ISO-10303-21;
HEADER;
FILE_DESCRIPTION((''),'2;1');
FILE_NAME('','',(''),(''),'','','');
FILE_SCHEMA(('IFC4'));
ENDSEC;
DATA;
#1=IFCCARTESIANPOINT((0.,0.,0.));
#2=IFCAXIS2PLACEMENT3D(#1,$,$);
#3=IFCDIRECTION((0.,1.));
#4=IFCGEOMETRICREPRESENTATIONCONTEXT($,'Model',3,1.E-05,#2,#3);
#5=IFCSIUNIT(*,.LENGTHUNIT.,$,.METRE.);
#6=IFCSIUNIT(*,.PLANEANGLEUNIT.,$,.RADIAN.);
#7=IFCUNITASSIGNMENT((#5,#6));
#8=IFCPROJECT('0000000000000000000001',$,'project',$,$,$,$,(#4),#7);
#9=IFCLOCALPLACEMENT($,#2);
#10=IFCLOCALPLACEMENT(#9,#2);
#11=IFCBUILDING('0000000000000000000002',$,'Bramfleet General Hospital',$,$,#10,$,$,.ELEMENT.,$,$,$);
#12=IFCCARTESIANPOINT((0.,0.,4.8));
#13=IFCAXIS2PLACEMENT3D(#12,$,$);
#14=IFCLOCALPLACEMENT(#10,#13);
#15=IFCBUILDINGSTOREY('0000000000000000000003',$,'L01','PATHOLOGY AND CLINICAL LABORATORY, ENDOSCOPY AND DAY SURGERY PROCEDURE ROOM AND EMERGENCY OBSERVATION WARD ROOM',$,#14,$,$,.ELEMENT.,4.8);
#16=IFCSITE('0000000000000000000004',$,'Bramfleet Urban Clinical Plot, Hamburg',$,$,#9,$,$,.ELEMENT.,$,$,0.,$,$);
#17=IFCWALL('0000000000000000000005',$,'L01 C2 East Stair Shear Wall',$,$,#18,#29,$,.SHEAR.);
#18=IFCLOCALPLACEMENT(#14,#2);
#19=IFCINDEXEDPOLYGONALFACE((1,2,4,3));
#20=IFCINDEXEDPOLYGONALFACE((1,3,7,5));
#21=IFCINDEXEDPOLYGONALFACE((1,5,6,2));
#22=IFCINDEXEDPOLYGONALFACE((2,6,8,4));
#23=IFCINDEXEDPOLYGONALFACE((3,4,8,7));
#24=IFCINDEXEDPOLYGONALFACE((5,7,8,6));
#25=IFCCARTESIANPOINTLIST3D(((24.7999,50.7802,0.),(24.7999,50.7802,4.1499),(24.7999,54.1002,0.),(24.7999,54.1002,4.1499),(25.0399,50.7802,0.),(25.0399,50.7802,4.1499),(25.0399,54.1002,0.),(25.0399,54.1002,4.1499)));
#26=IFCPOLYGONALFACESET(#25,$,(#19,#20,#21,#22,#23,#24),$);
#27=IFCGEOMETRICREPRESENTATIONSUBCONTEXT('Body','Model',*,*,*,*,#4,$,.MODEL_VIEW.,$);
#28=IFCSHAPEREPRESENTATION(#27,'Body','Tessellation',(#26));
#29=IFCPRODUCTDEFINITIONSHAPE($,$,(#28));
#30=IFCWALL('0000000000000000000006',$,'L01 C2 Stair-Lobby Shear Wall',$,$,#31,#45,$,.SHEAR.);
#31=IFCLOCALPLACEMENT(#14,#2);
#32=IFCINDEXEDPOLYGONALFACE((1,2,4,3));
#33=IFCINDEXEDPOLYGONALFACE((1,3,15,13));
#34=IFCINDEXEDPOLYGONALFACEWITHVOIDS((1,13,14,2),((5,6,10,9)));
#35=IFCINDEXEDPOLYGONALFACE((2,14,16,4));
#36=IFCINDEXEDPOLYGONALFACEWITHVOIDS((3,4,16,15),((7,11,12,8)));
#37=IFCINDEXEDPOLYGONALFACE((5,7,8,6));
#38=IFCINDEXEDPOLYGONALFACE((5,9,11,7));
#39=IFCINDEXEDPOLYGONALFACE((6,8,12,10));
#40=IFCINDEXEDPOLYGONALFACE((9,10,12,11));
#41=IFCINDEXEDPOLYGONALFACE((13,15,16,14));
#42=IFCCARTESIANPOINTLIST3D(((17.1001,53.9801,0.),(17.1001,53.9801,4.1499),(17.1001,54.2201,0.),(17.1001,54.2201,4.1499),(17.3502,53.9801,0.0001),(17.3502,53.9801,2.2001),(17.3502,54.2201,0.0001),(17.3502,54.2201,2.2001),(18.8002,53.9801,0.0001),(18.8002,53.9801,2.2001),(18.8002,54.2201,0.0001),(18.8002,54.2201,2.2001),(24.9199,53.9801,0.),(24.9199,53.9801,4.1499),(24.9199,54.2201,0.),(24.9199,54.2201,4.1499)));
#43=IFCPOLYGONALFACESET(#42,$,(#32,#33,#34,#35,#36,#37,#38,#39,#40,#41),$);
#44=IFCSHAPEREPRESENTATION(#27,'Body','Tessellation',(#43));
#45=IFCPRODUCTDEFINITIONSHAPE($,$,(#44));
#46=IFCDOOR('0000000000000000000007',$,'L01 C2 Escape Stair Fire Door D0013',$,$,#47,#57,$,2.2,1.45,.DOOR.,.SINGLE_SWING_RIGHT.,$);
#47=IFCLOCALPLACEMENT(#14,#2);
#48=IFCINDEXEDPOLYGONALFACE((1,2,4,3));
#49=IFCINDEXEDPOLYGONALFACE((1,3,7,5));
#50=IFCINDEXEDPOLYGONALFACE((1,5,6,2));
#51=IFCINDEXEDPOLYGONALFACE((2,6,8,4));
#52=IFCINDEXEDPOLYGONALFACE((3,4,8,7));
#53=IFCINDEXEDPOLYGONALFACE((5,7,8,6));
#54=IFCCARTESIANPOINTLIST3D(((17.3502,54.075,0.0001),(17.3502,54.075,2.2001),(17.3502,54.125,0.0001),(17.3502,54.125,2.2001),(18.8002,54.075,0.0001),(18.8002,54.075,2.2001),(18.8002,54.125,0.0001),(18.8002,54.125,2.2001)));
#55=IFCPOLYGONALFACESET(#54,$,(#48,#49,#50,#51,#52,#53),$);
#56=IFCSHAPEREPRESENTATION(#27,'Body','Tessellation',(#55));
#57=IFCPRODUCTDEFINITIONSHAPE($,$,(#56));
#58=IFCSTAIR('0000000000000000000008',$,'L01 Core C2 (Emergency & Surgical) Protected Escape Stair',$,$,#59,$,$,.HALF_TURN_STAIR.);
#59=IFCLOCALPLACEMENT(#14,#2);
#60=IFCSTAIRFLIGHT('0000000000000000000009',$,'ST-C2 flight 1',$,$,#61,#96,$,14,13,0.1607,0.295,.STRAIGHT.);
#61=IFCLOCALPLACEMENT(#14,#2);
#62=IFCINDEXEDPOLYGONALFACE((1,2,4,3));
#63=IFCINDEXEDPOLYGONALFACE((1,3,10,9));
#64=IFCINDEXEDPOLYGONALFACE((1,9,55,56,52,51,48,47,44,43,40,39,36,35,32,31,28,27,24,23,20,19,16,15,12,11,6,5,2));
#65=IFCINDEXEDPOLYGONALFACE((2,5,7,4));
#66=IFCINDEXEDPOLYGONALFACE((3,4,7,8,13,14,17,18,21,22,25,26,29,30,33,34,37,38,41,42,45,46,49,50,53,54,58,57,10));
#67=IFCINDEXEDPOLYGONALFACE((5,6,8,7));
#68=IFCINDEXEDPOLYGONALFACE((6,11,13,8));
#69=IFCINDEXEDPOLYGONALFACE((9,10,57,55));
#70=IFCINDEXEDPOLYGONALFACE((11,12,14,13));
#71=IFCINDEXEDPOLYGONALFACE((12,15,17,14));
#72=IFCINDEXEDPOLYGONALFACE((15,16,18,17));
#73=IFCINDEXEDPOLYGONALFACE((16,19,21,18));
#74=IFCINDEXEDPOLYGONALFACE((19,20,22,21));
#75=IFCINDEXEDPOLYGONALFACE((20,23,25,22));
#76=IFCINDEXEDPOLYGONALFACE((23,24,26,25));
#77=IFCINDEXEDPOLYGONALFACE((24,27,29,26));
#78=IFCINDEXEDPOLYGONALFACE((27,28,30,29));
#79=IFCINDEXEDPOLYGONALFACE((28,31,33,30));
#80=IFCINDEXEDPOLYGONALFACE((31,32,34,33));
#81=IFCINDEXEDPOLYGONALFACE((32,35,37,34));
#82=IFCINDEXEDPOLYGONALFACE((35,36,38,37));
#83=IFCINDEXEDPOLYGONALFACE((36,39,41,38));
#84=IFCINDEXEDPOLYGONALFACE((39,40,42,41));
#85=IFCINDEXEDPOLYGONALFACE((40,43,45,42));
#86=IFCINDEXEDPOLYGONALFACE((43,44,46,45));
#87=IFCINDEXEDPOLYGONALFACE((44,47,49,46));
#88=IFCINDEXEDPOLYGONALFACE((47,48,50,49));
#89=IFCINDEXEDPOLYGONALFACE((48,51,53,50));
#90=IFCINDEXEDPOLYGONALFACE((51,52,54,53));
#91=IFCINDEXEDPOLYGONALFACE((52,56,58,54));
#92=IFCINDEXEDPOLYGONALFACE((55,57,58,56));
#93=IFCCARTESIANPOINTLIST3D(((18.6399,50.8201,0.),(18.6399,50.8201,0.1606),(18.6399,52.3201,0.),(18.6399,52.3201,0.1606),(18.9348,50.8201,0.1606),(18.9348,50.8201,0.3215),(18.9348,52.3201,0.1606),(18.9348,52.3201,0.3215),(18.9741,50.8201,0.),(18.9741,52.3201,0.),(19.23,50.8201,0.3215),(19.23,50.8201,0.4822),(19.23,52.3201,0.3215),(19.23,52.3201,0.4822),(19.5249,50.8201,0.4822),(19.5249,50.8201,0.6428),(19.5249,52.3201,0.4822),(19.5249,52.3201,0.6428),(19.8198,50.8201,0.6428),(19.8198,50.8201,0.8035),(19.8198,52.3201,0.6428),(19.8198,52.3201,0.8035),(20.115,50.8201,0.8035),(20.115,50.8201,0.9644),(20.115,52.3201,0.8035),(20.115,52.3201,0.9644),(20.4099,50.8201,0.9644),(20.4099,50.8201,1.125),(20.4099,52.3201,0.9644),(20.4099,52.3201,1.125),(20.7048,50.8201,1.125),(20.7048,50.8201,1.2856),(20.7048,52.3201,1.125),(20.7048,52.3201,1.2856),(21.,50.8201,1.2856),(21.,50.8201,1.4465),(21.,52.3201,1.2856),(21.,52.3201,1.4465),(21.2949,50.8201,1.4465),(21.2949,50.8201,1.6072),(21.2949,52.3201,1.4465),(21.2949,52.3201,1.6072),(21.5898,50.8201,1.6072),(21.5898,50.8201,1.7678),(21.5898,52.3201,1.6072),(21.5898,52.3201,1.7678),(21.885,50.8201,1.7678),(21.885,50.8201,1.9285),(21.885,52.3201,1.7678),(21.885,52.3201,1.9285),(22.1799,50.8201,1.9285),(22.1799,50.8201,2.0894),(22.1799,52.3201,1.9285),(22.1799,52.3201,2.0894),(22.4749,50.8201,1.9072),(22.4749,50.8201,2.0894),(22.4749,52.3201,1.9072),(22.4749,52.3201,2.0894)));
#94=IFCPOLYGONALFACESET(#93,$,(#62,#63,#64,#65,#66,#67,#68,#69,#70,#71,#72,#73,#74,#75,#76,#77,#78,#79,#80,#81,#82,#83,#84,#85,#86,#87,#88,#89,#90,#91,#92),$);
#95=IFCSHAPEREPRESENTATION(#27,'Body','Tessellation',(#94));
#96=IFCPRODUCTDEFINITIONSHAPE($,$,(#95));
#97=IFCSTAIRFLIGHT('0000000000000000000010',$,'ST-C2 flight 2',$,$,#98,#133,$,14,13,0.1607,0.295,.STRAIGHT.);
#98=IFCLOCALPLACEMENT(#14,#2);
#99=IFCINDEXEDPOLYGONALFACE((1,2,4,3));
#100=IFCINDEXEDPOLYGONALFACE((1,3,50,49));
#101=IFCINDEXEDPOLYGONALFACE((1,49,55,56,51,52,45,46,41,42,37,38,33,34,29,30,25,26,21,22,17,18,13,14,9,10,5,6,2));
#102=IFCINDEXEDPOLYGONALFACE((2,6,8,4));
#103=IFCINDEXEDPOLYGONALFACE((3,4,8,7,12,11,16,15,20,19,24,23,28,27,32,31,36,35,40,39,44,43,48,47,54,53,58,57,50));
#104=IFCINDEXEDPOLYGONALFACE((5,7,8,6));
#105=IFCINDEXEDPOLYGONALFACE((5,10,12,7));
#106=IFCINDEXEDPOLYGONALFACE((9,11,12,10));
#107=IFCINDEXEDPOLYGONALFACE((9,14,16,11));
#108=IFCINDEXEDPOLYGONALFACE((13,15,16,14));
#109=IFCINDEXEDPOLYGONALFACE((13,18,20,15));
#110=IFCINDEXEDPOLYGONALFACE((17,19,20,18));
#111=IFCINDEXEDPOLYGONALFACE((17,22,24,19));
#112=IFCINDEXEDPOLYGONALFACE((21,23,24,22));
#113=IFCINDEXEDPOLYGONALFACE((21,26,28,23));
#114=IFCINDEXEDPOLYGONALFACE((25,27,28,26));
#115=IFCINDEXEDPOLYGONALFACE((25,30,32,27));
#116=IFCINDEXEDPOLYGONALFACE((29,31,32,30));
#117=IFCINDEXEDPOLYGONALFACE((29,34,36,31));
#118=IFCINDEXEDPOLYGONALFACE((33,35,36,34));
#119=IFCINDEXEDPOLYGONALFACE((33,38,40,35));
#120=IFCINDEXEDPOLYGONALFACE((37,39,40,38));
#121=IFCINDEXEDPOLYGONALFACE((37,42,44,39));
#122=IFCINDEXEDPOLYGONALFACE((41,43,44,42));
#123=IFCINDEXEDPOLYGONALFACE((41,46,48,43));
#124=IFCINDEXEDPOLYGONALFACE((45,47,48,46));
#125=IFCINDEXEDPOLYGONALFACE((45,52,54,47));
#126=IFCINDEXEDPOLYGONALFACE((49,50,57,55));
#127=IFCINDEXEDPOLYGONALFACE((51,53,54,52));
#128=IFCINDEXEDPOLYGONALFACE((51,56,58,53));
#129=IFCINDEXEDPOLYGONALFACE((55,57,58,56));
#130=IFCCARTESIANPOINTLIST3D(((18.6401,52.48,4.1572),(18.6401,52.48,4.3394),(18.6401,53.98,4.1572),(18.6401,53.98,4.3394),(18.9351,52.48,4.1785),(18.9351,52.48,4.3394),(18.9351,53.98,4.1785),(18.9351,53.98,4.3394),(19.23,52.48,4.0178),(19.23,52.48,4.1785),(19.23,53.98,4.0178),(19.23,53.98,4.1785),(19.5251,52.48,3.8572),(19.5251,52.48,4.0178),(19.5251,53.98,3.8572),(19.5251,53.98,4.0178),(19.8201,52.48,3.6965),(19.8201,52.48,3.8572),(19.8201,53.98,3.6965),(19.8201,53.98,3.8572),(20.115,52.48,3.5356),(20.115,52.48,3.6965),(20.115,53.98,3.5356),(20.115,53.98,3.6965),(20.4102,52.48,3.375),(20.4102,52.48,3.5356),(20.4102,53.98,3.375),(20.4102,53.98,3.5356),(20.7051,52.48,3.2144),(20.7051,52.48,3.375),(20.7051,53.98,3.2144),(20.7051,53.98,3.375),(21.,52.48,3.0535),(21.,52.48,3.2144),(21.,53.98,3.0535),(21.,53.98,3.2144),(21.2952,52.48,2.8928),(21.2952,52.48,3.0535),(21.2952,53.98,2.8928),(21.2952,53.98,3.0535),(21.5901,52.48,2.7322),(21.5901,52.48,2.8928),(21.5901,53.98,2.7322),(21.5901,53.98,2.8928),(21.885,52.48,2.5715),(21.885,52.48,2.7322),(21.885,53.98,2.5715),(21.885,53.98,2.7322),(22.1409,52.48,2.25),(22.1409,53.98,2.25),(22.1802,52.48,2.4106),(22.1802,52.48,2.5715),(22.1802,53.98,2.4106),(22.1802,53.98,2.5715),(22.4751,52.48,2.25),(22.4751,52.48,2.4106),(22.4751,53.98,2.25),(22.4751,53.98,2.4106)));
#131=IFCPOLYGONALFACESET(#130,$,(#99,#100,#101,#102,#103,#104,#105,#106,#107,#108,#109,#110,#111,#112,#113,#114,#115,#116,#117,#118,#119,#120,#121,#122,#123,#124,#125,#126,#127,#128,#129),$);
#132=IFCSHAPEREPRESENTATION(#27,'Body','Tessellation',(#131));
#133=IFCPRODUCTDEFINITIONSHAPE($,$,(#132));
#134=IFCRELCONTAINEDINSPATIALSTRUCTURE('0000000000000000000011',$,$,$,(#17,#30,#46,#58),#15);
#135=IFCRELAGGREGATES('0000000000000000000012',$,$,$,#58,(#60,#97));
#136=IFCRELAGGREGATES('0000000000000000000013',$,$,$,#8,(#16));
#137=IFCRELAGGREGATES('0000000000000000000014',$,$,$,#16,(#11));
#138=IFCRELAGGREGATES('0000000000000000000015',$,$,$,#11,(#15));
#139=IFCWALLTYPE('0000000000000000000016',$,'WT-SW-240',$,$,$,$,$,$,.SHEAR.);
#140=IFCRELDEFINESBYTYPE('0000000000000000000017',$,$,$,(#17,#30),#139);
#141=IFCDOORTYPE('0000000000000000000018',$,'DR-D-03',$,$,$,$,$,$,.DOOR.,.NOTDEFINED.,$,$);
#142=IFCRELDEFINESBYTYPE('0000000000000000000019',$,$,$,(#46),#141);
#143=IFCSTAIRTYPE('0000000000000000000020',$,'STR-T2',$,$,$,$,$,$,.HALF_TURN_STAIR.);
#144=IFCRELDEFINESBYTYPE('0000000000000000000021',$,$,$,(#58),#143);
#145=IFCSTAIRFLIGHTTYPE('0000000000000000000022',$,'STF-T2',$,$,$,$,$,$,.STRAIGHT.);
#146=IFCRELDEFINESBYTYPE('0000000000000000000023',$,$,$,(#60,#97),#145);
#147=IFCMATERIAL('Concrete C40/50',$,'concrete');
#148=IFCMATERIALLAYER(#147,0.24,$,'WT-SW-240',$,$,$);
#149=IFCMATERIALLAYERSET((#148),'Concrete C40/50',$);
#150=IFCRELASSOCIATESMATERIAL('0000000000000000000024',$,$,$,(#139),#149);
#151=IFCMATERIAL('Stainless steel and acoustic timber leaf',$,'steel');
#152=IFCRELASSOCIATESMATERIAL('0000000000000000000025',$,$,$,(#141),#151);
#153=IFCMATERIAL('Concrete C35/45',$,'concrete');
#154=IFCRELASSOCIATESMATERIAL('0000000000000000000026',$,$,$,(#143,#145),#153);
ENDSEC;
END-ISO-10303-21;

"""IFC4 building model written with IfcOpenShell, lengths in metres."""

from ifc_helpers import new_model, si_unit, direction, frame, frame_2d, origin, place, context, subcontext, project, spatial, polyline, rectangle, outline, extrude, material, layer, layer_set, type_object, element, fill, aggregate, save


model = new_model("IFC4")

# Units and contexts
model_context = context("Model", 3, precision=1e-05, world=origin(), true_north=direction((0.0, 1.0)))
body_context = subcontext(model_context, "Body", "Model", "MODEL_VIEW")
ifc_project = project(units=[si_unit("LENGTHUNIT", "METRE"), si_unit("PLANEANGLEUNIT", "RADIAN")], contexts=[model_context])

# Site, building, storey
site_placement = place(None, origin())
site = spatial("IfcSite", under=ifc_project, at=site_placement, Name="Bramfleet Urban Clinical Plot, Hamburg", CompositionType="ELEMENT", RefElevation=0.0)
building_placement = place(site_placement, origin())
building = spatial("IfcBuilding", under=site, at=building_placement, Name="Bramfleet General Hospital", CompositionType="ELEMENT")
storey_placement = place(building_placement, frame((0.0, 0.0, 4.8)))
storey = spatial("IfcBuildingStorey", under=building, at=storey_placement, Name="L01", Description="PATHOLOGY AND CLINICAL LABORATORY, ENDOSCOPY AND DAY SURGERY PROCEDURE ROOM AND EMERGENCY OBSERVATION WARD ROOM", CompositionType="ELEMENT", Elevation=4.8)

# Shared definitions
ifc_material_1 = material(Name="Concrete C35/45", Category="concrete")

# Shared definitions
ifc_material_2 = material(Name="Stainless steel and acoustic timber leaf", Category="steel")

# Wall
ifc_material_3 = material(Name="Concrete C40/50", Category="concrete")
ifc_layer_1 = layer(ifc_material_3, 0.24, Name="WT-SW-240")
ifc_layer_set_1 = layer_set([ifc_layer_1], Name="Concrete C40/50")
wall_type_1 = type_object("IfcWallType", Name="WT-SW-240", PredefinedType="SHEAR", material=ifc_layer_set_1)
for number, where, z_axis, x_axis, name in (
    (1, (24.9199, 50.78, 0.0), (0.0, 0.0, 1.0), (0.0, 1.0, 0.0), "L01 C2 East Stair Shear Wall"),
):
    element("IfcWall", number, at=place(storey_placement, frame(where, z_axis=z_axis, x_axis=x_axis)), inside=storey, type_object=wall_type_1, Name=name, PredefinedType="SHEAR", context=body_context, shape_type="SweptSolid", body=[
        extrude(rectangle(XDim=3.3201, YDim=0.24, at=frame_2d((1.6602, 0.0))), origin(), (0.0, 0.0, 1.0), 4.1499),
    ])

# Wall, opening, door
wall_1_placement = place(storey_placement, frame((17.1001, 54.1001, 0.0), z_axis=(0.0, 0.0, 1.0), x_axis=(1.0, 0.0, 0.0)))
wall_1 = element("IfcWall", 2, at=wall_1_placement, inside=storey, type_object=wall_type_1, Name="L01 C2 Stair-Lobby Shear Wall", PredefinedType="SHEAR", context=body_context, shape_type="SweptSolid", body=[
    extrude(rectangle(XDim=7.8198, YDim=0.24, at=frame_2d((3.9099, 0.0))), origin(), (0.0, 0.0, 1.0), 4.1499),
])
opening_1_placement = place(wall_1_placement, frame((0.25, 0.0, 0.0)))
opening_1 = element("IfcOpeningElement", 3, at=opening_1_placement, cuts=wall_1, PredefinedType="OPENING", context=body_context, shape_type="SweptSolid", body=[
    extrude(rectangle(XDim=1.45, YDim=2.2, at=frame_2d((0.7251, 1.1001))), frame((0.0, 0.1299, 0.0), z_axis=(0.0, -1.0, 0.0), x_axis=(1.0, 0.0, 0.0)), (0.0, 0.0, 1.0), 0.26),
])
door_type_1 = type_object("IfcDoorType", Name="DR-D-03", OperationType="NOTDEFINED", PredefinedType="DOOR", material=ifc_material_2)
door_1_placement = place(opening_1_placement, origin())
door_1 = element("IfcDoor", 4, at=door_1_placement, inside=storey, type_object=door_type_1, Name="L01 C2 Escape Stair Fire Door D0013", OperationType="SINGLE_SWING_RIGHT", OverallHeight=2.2, OverallWidth=1.45, PredefinedType="DOOR", context=body_context, shape_type="SweptSolid", body=[
    extrude(rectangle(XDim=1.45, YDim=2.2, at=frame_2d((0.7251, 1.1001))), frame((0.0, 0.0249, 0.0), z_axis=(0.0, -1.0, 0.0), x_axis=(1.0, 0.0, 0.0)), (0.0, 0.0, 1.0), 0.05),
])
fill(opening_1, door_1)

# Stair, stair flights
stair_type = type_object("IfcStairType", Name="STR-T2", PredefinedType="HALF_TURN_STAIR", material=ifc_material_1)
stair_placement = place(storey_placement, origin())
stair = element("IfcStair", 5, at=stair_placement, inside=storey, type_object=stair_type, Name="L01 Core C2 (Emergency & Surgical) Protected Escape Stair", PredefinedType="HALF_TURN_STAIR")
stair_flight_type = type_object("IfcStairFlightType", Name="STF-T2", PredefinedType="STRAIGHT", material=ifc_material_1)
stair_flight_1_placement = place(storey_placement, frame((18.6399, 51.5701, 0.0), z_axis=(0.0, 0.0, 1.0), x_axis=(1.0, 0.0, 0.0)))
stair_flight_1 = element("IfcStairFlight", 6, at=stair_flight_1_placement, type_object=stair_flight_type, Name="ST-C2 flight 1", NumberOfRisers=14, NumberOfTreads=13, PredefinedType="STRAIGHT", RiserHeight=0.1607, TreadLength=0.295, context=body_context, shape_type="SweptSolid", body=[
    extrude(outline(polyline([(0.0, 0.0), (0.0, 0.1606), (0.2949, 0.1606), (0.2949, 0.3215), (0.5901, 0.3215), (0.5901, 0.4822), (0.885, 0.4822), (0.885, 0.6428), (1.1799, 0.6428), (1.1799, 0.8035), (1.4751, 0.8035), (1.4751, 0.9644), (1.77, 0.9644), (1.77, 1.125), (2.0649, 1.125), (2.0649, 1.2856), (2.3601, 1.2856), (2.3601, 1.4465), (2.655, 1.4465), (2.655, 1.6072), (2.95, 1.6072), (2.95, 1.7678), (3.2451, 1.7678), (3.2451, 1.9285), (3.54, 1.9285), (3.54, 2.0894), (3.835, 2.0894), (3.835, 2.25), (3.835, 1.9072), (0.3342, 0.0), (0.0, 0.0)])), frame((0.0, 0.75, 0.0), z_axis=(0.0, -1.0, 0.0), x_axis=(1.0, 0.0, 0.0)), (0.0, 0.0, 1.0), 1.5),
])
stair_flight_2_placement = place(storey_placement, frame((22.4751, 53.23, 2.25), z_axis=(0.0, 0.0, 1.0), x_axis=(-1.0, 0.0, 0.0)))
stair_flight_2 = element("IfcStairFlight", 7, at=stair_flight_2_placement, type_object=stair_flight_type, Name="ST-C2 flight 2", NumberOfRisers=14, NumberOfTreads=13, PredefinedType="STRAIGHT", RiserHeight=0.1607, TreadLength=0.295, context=body_context, shape_type="SweptSolid", body=[
    extrude(outline(polyline([(0.0, 0.0), (0.0, 0.1606), (0.2949, 0.1606), (0.2949, 0.3215), (0.5901, 0.3215), (0.5901, 0.4822), (0.885, 0.4822), (0.885, 0.6428), (1.1799, 0.6428), (1.1799, 0.8035), (1.4751, 0.8035), (1.4751, 0.9644), (1.77, 0.9644), (1.77, 1.125), (2.0649, 1.125), (2.0649, 1.2856), (2.3601, 1.2856), (2.3601, 1.4465), (2.655, 1.4465), (2.655, 1.6072), (2.95, 1.6072), (2.95, 1.7678), (3.2451, 1.7678), (3.2451, 1.9285), (3.54, 1.9285), (3.54, 2.0894), (3.835, 2.0894), (3.835, 2.25), (3.835, 1.9072), (0.3342, 0.0), (0.0, 0.0)])), frame((0.0, 0.75, 0.0), z_axis=(0.0, -1.0, 0.0), x_axis=(1.0, 0.0, 0.0)), (0.0, 0.0, 1.0), 1.5),
])
aggregate(stair, [stair_flight_1, stair_flight_2])

save(model, "model.ifc")
